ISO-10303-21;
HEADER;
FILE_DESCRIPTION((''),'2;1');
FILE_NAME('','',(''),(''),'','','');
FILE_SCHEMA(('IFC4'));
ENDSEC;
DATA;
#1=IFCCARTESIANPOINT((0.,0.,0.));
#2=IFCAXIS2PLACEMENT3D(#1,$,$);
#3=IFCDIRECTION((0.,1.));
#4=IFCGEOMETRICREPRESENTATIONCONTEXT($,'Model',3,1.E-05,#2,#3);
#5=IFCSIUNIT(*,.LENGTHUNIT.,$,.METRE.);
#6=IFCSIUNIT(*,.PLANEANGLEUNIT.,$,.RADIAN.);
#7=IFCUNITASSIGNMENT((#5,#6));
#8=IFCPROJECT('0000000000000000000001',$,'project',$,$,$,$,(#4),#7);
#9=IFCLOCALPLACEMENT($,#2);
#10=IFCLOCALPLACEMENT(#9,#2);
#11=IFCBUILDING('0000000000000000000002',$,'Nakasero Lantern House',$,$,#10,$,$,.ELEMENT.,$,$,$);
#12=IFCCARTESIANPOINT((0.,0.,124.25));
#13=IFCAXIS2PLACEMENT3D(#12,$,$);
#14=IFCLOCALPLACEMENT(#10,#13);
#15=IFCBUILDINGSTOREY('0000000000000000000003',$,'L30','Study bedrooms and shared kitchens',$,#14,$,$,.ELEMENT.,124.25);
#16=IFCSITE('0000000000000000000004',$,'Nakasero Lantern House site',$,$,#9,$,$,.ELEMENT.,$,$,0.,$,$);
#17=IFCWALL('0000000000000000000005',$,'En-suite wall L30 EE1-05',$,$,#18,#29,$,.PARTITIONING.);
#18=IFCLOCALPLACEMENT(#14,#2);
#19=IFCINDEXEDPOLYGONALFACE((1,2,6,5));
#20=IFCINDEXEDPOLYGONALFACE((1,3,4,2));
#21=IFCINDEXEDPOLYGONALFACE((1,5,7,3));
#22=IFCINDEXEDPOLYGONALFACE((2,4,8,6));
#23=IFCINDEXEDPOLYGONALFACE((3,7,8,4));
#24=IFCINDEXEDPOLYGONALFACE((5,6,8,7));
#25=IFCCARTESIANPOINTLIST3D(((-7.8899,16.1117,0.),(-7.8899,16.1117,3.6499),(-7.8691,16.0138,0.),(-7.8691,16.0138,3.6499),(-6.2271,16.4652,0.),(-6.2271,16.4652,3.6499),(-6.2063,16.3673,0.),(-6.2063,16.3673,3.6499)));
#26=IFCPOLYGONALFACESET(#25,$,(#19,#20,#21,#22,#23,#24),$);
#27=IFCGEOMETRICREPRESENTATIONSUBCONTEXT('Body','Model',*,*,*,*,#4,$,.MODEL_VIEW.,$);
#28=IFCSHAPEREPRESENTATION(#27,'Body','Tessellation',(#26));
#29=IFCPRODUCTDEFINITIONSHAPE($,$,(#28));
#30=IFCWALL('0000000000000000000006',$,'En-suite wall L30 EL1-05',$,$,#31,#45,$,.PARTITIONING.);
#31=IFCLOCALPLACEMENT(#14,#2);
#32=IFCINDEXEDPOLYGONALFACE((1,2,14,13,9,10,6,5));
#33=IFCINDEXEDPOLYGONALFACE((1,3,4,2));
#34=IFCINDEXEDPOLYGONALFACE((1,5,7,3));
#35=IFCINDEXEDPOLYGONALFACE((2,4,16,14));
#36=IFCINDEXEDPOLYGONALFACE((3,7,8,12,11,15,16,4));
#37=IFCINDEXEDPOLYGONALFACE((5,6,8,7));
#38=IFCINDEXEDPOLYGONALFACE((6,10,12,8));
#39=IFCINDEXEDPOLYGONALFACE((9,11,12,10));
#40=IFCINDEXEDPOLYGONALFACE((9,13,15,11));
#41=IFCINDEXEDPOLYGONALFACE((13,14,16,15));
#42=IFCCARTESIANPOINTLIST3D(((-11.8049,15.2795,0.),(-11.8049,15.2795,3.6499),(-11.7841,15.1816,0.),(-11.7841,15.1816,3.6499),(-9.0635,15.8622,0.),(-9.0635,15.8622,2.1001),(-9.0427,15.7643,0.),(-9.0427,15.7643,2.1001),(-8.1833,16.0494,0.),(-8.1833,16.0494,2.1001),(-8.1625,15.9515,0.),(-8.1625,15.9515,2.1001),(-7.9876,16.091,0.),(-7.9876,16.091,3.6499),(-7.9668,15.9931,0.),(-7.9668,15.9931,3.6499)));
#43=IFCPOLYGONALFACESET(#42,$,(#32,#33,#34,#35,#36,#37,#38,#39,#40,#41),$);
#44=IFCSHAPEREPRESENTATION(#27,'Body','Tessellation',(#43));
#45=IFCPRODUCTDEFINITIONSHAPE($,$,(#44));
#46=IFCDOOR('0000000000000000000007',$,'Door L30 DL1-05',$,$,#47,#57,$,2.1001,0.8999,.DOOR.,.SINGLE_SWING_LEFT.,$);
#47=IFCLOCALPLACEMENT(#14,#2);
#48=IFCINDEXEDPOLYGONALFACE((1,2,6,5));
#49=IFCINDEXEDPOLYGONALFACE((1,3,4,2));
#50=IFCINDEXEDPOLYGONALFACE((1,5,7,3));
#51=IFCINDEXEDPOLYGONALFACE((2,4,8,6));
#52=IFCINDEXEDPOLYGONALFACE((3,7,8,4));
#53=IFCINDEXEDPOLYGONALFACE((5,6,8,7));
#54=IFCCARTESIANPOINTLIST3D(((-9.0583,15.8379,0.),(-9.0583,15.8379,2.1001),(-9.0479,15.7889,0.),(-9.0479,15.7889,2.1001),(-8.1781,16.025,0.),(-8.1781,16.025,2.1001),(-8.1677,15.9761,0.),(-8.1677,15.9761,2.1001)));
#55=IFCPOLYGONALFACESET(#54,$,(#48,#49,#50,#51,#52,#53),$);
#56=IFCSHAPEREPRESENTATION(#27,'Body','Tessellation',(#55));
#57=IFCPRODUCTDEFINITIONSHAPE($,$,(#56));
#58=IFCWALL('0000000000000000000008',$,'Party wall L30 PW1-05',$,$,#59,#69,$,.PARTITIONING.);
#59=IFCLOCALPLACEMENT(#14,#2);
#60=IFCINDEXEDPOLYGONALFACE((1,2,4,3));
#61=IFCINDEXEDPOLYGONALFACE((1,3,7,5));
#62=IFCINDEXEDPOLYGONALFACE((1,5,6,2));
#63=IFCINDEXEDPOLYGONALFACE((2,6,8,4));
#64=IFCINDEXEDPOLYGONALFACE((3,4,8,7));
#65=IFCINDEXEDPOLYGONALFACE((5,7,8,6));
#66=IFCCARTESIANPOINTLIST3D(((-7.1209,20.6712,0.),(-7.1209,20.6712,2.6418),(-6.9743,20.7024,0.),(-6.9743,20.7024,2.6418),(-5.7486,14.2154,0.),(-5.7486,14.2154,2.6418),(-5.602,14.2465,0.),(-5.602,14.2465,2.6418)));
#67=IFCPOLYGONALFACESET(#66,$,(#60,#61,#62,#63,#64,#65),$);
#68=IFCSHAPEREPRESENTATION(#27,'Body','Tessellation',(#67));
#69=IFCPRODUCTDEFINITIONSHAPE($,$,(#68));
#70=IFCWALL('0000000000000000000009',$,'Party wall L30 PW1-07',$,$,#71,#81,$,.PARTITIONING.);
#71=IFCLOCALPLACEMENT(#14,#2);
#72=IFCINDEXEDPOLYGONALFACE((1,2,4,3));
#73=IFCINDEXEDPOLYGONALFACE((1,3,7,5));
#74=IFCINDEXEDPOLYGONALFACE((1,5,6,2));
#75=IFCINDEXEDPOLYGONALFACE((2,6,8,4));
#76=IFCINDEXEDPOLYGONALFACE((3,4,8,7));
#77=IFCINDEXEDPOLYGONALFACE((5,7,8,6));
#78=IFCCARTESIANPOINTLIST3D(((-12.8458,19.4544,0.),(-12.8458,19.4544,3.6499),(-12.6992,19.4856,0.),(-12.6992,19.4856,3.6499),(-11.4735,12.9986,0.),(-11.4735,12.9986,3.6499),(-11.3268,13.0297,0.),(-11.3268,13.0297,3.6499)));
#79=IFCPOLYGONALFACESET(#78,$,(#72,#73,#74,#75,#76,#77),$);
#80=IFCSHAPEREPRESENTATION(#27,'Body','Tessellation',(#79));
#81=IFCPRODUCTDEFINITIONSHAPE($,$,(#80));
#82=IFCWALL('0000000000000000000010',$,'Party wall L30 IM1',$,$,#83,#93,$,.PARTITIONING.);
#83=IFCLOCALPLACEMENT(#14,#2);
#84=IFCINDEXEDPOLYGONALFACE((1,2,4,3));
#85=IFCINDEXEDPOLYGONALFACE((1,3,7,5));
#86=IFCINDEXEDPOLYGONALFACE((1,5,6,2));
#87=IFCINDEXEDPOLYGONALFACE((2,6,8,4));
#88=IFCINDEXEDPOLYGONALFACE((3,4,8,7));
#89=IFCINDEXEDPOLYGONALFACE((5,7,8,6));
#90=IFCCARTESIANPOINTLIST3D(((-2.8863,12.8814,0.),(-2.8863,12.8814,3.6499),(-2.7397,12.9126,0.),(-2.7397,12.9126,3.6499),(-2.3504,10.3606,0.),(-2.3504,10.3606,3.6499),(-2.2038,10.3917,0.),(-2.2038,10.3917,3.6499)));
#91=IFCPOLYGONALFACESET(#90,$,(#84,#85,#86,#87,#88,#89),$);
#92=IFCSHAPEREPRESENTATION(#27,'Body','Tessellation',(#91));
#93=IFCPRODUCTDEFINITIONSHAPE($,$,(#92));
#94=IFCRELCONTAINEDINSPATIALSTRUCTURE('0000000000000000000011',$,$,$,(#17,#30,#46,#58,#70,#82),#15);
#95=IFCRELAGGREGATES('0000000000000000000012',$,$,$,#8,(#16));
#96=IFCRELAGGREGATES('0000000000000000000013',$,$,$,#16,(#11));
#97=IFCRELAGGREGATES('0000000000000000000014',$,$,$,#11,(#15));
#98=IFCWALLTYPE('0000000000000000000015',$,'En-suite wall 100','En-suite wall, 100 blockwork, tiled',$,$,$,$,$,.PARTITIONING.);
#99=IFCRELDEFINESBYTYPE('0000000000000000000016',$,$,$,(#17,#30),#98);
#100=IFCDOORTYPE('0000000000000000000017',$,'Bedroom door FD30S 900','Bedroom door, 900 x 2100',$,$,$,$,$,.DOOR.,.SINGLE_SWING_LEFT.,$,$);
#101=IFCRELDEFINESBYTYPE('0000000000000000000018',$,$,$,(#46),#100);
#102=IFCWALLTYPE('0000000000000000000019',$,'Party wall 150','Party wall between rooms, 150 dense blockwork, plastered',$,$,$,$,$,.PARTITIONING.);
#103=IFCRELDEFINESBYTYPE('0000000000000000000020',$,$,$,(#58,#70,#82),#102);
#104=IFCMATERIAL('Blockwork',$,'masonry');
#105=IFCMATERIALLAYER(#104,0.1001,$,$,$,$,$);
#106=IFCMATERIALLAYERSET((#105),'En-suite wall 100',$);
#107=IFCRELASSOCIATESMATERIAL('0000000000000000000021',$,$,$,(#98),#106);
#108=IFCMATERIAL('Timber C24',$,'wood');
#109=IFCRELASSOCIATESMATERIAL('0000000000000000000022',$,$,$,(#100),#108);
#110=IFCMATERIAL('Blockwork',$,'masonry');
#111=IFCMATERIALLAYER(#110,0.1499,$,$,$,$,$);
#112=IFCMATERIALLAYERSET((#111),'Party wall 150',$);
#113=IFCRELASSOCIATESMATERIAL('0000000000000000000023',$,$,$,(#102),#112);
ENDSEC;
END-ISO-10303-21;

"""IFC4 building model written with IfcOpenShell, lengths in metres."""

from ifc_helpers import new_model, si_unit, direction, frame, frame_2d, origin, place, context, subcontext, project, spatial, rectangle, extrude, material, layer, layer_set, type_object, element, fill, save


model = new_model("IFC4")

# Units and contexts
model_context = context("Model", 3, precision=1e-05, world=origin(), true_north=direction((0.0, 1.0)))
body_context = subcontext(model_context, "Body", "Model", "MODEL_VIEW")
ifc_project = project(units=[si_unit("LENGTHUNIT", "METRE"), si_unit("PLANEANGLEUNIT", "RADIAN")], contexts=[model_context])

# Site, building, storey
site_placement = place(None, origin())
site = spatial("IfcSite", under=ifc_project, at=site_placement, Name="Nakasero Lantern House site", CompositionType="ELEMENT", RefElevation=0.0)
building_placement = place(site_placement, origin())
building = spatial("IfcBuilding", under=site, at=building_placement, Name="Nakasero Lantern House", CompositionType="ELEMENT")
storey_placement = place(building_placement, frame((0.0, 0.0, 124.25)))
storey = spatial("IfcBuildingStorey", under=building, at=storey_placement, Name="L30", Description="Study bedrooms and shared kitchens", CompositionType="ELEMENT", Elevation=124.25)

# Shared definitions
ifc_material_1 = material(Name="Blockwork", Category="masonry")
ifc_layer_1 = layer(ifc_material_1, 0.1001)
ifc_layer_set_1 = layer_set([ifc_layer_1], Name="En-suite wall 100")
wall_type_1 = type_object("IfcWallType", Name="En-suite wall 100", Description="En-suite wall, 100 blockwork, tiled", PredefinedType="PARTITIONING", material=ifc_layer_set_1)

# Wall
wall_1_placement = place(storey_placement, frame((-6.2166, 16.4163, 0.0), z_axis=(0.0, 0.0, 1.0), x_axis=(-0.97814, -0.20795, 0.0)))
element("IfcWall", 1, at=wall_1_placement, inside=storey, type_object=wall_type_1, Name="En-suite wall L30 EE1-05", PredefinedType="PARTITIONING", context=body_context, shape_type="SweptSolid", body=[
    extrude(rectangle(XDim=1.7, YDim=0.1001, at=frame_2d((0.8501, 0.0))), origin(), (0.0, 0.0, 1.0), 3.6499),
])

# Wall, opening, door
wall_2_placement = place(storey_placement, frame((-7.9773, 16.042, 0.0), z_axis=(0.0, 0.0, 1.0), x_axis=(-0.978142, -0.20794, 0.0)))
wall_2 = element("IfcWall", 2, at=wall_2_placement, inside=storey, type_object=wall_type_1, Name="En-suite wall L30 EL1-05", PredefinedType="PARTITIONING", context=body_context, shape_type="SweptSolid", body=[
    extrude(rectangle(XDim=3.9026, YDim=0.1001, at=frame_2d((1.9512, 0.0))), origin(), (0.0, 0.0, 1.0), 3.6499),
])
opening_1_placement = place(wall_2_placement, frame((0.2, 0.0, 0.0)))
opening_1 = element("IfcOpeningElement", 3, at=opening_1_placement, cuts=wall_2, PredefinedType="OPENING", context=body_context, shape_type="SweptSolid", body=[
    extrude(rectangle(XDim=0.8999, YDim=2.1001, at=frame_2d((0.45, 1.05))), frame((0.0, 0.0701, 0.0), z_axis=(0.0, -1.0, 0.0), x_axis=(1.0, 0.0, 0.0)), (0.0, 0.0, 1.0), 0.1401),
])
ifc_material_2 = material(Name="Timber C24", Category="wood")
door_type_1 = type_object("IfcDoorType", Name="Bedroom door FD30S 900", Description="Bedroom door, 900 x 2100", OperationType="SINGLE_SWING_LEFT", PredefinedType="DOOR", material=ifc_material_2)
door_1_placement = place(opening_1_placement, origin())
door_1 = element("IfcDoor", 4, at=door_1_placement, inside=storey, type_object=door_type_1, Name="Door L30 DL1-05", OperationType="SINGLE_SWING_LEFT", OverallHeight=2.1001, OverallWidth=0.8999, PredefinedType="DOOR", context=body_context, shape_type="SweptSolid", body=[
    extrude(rectangle(XDim=0.8999, YDim=2.1001, at=frame_2d((0.45, 1.05))), frame((0.0, 0.0249, 0.0), z_axis=(0.0, -1.0, 0.0), x_axis=(1.0, 0.0, 0.0)), (0.0, 0.0, 1.0), 0.05),
])
fill(opening_1, door_1)

# Walls
ifc_material_3 = material(Name="Blockwork", Category="masonry")
ifc_layer_2 = layer(ifc_material_3, 0.1499)
ifc_layer_set_2 = layer_set([ifc_layer_2], Name="Party wall 150")
wall_type_2 = type_object("IfcWallType", Name="Party wall 150", Description="Party wall between rooms, 150 dense blockwork, plastered", PredefinedType="PARTITIONING", material=ifc_layer_set_2)
wall_3_placement = place(storey_placement, frame((-5.6753, 14.231, 0.0), z_axis=(0.0, 0.0, 1.0), x_axis=(-0.207925, 0.978145, 0.0)))
element("IfcWall", 5, at=wall_3_placement, inside=storey, type_object=wall_type_2, Name="Party wall L30 PW1-05", PredefinedType="PARTITIONING", context=body_context, shape_type="SweptSolid", body=[
    extrude(rectangle(XDim=6.6001, YDim=0.1499, at=frame_2d((3.3, 0.0))), origin(), (0.0, 0.0, 1.0), 2.6418),
])
wall_4_placement = place(storey_placement, frame((-11.4001, 13.0142, 0.0), z_axis=(0.0, 0.0, 1.0), x_axis=(-0.207925, 0.978145, 0.0)))
element("IfcWall", 6, at=wall_4_placement, inside=storey, type_object=wall_type_2, Name="Party wall L30 PW1-07", PredefinedType="PARTITIONING", context=body_context, shape_type="SweptSolid", body=[
    extrude(rectangle(XDim=6.6001, YDim=0.1499, at=frame_2d((3.3, 0.0))), origin(), (0.0, 0.0, 1.0), 3.6499),
])
wall_5_placement = place(storey_placement, frame((-2.813, 12.897, 0.0), z_axis=(0.0, 0.0, 1.0), x_axis=(0.207944, -0.978141, 0.0)))
element("IfcWall", 7, at=wall_5_placement, inside=storey, type_object=wall_type_2, Name="Party wall L30 IM1", PredefinedType="PARTITIONING", context=body_context, shape_type="SweptSolid", body=[
    extrude(rectangle(XDim=2.5771, YDim=0.1499, at=frame_2d((1.2886, 0.0))), origin(), (0.0, 0.0, 1.0), 3.6499),
])

save(model, "model.ifc")
